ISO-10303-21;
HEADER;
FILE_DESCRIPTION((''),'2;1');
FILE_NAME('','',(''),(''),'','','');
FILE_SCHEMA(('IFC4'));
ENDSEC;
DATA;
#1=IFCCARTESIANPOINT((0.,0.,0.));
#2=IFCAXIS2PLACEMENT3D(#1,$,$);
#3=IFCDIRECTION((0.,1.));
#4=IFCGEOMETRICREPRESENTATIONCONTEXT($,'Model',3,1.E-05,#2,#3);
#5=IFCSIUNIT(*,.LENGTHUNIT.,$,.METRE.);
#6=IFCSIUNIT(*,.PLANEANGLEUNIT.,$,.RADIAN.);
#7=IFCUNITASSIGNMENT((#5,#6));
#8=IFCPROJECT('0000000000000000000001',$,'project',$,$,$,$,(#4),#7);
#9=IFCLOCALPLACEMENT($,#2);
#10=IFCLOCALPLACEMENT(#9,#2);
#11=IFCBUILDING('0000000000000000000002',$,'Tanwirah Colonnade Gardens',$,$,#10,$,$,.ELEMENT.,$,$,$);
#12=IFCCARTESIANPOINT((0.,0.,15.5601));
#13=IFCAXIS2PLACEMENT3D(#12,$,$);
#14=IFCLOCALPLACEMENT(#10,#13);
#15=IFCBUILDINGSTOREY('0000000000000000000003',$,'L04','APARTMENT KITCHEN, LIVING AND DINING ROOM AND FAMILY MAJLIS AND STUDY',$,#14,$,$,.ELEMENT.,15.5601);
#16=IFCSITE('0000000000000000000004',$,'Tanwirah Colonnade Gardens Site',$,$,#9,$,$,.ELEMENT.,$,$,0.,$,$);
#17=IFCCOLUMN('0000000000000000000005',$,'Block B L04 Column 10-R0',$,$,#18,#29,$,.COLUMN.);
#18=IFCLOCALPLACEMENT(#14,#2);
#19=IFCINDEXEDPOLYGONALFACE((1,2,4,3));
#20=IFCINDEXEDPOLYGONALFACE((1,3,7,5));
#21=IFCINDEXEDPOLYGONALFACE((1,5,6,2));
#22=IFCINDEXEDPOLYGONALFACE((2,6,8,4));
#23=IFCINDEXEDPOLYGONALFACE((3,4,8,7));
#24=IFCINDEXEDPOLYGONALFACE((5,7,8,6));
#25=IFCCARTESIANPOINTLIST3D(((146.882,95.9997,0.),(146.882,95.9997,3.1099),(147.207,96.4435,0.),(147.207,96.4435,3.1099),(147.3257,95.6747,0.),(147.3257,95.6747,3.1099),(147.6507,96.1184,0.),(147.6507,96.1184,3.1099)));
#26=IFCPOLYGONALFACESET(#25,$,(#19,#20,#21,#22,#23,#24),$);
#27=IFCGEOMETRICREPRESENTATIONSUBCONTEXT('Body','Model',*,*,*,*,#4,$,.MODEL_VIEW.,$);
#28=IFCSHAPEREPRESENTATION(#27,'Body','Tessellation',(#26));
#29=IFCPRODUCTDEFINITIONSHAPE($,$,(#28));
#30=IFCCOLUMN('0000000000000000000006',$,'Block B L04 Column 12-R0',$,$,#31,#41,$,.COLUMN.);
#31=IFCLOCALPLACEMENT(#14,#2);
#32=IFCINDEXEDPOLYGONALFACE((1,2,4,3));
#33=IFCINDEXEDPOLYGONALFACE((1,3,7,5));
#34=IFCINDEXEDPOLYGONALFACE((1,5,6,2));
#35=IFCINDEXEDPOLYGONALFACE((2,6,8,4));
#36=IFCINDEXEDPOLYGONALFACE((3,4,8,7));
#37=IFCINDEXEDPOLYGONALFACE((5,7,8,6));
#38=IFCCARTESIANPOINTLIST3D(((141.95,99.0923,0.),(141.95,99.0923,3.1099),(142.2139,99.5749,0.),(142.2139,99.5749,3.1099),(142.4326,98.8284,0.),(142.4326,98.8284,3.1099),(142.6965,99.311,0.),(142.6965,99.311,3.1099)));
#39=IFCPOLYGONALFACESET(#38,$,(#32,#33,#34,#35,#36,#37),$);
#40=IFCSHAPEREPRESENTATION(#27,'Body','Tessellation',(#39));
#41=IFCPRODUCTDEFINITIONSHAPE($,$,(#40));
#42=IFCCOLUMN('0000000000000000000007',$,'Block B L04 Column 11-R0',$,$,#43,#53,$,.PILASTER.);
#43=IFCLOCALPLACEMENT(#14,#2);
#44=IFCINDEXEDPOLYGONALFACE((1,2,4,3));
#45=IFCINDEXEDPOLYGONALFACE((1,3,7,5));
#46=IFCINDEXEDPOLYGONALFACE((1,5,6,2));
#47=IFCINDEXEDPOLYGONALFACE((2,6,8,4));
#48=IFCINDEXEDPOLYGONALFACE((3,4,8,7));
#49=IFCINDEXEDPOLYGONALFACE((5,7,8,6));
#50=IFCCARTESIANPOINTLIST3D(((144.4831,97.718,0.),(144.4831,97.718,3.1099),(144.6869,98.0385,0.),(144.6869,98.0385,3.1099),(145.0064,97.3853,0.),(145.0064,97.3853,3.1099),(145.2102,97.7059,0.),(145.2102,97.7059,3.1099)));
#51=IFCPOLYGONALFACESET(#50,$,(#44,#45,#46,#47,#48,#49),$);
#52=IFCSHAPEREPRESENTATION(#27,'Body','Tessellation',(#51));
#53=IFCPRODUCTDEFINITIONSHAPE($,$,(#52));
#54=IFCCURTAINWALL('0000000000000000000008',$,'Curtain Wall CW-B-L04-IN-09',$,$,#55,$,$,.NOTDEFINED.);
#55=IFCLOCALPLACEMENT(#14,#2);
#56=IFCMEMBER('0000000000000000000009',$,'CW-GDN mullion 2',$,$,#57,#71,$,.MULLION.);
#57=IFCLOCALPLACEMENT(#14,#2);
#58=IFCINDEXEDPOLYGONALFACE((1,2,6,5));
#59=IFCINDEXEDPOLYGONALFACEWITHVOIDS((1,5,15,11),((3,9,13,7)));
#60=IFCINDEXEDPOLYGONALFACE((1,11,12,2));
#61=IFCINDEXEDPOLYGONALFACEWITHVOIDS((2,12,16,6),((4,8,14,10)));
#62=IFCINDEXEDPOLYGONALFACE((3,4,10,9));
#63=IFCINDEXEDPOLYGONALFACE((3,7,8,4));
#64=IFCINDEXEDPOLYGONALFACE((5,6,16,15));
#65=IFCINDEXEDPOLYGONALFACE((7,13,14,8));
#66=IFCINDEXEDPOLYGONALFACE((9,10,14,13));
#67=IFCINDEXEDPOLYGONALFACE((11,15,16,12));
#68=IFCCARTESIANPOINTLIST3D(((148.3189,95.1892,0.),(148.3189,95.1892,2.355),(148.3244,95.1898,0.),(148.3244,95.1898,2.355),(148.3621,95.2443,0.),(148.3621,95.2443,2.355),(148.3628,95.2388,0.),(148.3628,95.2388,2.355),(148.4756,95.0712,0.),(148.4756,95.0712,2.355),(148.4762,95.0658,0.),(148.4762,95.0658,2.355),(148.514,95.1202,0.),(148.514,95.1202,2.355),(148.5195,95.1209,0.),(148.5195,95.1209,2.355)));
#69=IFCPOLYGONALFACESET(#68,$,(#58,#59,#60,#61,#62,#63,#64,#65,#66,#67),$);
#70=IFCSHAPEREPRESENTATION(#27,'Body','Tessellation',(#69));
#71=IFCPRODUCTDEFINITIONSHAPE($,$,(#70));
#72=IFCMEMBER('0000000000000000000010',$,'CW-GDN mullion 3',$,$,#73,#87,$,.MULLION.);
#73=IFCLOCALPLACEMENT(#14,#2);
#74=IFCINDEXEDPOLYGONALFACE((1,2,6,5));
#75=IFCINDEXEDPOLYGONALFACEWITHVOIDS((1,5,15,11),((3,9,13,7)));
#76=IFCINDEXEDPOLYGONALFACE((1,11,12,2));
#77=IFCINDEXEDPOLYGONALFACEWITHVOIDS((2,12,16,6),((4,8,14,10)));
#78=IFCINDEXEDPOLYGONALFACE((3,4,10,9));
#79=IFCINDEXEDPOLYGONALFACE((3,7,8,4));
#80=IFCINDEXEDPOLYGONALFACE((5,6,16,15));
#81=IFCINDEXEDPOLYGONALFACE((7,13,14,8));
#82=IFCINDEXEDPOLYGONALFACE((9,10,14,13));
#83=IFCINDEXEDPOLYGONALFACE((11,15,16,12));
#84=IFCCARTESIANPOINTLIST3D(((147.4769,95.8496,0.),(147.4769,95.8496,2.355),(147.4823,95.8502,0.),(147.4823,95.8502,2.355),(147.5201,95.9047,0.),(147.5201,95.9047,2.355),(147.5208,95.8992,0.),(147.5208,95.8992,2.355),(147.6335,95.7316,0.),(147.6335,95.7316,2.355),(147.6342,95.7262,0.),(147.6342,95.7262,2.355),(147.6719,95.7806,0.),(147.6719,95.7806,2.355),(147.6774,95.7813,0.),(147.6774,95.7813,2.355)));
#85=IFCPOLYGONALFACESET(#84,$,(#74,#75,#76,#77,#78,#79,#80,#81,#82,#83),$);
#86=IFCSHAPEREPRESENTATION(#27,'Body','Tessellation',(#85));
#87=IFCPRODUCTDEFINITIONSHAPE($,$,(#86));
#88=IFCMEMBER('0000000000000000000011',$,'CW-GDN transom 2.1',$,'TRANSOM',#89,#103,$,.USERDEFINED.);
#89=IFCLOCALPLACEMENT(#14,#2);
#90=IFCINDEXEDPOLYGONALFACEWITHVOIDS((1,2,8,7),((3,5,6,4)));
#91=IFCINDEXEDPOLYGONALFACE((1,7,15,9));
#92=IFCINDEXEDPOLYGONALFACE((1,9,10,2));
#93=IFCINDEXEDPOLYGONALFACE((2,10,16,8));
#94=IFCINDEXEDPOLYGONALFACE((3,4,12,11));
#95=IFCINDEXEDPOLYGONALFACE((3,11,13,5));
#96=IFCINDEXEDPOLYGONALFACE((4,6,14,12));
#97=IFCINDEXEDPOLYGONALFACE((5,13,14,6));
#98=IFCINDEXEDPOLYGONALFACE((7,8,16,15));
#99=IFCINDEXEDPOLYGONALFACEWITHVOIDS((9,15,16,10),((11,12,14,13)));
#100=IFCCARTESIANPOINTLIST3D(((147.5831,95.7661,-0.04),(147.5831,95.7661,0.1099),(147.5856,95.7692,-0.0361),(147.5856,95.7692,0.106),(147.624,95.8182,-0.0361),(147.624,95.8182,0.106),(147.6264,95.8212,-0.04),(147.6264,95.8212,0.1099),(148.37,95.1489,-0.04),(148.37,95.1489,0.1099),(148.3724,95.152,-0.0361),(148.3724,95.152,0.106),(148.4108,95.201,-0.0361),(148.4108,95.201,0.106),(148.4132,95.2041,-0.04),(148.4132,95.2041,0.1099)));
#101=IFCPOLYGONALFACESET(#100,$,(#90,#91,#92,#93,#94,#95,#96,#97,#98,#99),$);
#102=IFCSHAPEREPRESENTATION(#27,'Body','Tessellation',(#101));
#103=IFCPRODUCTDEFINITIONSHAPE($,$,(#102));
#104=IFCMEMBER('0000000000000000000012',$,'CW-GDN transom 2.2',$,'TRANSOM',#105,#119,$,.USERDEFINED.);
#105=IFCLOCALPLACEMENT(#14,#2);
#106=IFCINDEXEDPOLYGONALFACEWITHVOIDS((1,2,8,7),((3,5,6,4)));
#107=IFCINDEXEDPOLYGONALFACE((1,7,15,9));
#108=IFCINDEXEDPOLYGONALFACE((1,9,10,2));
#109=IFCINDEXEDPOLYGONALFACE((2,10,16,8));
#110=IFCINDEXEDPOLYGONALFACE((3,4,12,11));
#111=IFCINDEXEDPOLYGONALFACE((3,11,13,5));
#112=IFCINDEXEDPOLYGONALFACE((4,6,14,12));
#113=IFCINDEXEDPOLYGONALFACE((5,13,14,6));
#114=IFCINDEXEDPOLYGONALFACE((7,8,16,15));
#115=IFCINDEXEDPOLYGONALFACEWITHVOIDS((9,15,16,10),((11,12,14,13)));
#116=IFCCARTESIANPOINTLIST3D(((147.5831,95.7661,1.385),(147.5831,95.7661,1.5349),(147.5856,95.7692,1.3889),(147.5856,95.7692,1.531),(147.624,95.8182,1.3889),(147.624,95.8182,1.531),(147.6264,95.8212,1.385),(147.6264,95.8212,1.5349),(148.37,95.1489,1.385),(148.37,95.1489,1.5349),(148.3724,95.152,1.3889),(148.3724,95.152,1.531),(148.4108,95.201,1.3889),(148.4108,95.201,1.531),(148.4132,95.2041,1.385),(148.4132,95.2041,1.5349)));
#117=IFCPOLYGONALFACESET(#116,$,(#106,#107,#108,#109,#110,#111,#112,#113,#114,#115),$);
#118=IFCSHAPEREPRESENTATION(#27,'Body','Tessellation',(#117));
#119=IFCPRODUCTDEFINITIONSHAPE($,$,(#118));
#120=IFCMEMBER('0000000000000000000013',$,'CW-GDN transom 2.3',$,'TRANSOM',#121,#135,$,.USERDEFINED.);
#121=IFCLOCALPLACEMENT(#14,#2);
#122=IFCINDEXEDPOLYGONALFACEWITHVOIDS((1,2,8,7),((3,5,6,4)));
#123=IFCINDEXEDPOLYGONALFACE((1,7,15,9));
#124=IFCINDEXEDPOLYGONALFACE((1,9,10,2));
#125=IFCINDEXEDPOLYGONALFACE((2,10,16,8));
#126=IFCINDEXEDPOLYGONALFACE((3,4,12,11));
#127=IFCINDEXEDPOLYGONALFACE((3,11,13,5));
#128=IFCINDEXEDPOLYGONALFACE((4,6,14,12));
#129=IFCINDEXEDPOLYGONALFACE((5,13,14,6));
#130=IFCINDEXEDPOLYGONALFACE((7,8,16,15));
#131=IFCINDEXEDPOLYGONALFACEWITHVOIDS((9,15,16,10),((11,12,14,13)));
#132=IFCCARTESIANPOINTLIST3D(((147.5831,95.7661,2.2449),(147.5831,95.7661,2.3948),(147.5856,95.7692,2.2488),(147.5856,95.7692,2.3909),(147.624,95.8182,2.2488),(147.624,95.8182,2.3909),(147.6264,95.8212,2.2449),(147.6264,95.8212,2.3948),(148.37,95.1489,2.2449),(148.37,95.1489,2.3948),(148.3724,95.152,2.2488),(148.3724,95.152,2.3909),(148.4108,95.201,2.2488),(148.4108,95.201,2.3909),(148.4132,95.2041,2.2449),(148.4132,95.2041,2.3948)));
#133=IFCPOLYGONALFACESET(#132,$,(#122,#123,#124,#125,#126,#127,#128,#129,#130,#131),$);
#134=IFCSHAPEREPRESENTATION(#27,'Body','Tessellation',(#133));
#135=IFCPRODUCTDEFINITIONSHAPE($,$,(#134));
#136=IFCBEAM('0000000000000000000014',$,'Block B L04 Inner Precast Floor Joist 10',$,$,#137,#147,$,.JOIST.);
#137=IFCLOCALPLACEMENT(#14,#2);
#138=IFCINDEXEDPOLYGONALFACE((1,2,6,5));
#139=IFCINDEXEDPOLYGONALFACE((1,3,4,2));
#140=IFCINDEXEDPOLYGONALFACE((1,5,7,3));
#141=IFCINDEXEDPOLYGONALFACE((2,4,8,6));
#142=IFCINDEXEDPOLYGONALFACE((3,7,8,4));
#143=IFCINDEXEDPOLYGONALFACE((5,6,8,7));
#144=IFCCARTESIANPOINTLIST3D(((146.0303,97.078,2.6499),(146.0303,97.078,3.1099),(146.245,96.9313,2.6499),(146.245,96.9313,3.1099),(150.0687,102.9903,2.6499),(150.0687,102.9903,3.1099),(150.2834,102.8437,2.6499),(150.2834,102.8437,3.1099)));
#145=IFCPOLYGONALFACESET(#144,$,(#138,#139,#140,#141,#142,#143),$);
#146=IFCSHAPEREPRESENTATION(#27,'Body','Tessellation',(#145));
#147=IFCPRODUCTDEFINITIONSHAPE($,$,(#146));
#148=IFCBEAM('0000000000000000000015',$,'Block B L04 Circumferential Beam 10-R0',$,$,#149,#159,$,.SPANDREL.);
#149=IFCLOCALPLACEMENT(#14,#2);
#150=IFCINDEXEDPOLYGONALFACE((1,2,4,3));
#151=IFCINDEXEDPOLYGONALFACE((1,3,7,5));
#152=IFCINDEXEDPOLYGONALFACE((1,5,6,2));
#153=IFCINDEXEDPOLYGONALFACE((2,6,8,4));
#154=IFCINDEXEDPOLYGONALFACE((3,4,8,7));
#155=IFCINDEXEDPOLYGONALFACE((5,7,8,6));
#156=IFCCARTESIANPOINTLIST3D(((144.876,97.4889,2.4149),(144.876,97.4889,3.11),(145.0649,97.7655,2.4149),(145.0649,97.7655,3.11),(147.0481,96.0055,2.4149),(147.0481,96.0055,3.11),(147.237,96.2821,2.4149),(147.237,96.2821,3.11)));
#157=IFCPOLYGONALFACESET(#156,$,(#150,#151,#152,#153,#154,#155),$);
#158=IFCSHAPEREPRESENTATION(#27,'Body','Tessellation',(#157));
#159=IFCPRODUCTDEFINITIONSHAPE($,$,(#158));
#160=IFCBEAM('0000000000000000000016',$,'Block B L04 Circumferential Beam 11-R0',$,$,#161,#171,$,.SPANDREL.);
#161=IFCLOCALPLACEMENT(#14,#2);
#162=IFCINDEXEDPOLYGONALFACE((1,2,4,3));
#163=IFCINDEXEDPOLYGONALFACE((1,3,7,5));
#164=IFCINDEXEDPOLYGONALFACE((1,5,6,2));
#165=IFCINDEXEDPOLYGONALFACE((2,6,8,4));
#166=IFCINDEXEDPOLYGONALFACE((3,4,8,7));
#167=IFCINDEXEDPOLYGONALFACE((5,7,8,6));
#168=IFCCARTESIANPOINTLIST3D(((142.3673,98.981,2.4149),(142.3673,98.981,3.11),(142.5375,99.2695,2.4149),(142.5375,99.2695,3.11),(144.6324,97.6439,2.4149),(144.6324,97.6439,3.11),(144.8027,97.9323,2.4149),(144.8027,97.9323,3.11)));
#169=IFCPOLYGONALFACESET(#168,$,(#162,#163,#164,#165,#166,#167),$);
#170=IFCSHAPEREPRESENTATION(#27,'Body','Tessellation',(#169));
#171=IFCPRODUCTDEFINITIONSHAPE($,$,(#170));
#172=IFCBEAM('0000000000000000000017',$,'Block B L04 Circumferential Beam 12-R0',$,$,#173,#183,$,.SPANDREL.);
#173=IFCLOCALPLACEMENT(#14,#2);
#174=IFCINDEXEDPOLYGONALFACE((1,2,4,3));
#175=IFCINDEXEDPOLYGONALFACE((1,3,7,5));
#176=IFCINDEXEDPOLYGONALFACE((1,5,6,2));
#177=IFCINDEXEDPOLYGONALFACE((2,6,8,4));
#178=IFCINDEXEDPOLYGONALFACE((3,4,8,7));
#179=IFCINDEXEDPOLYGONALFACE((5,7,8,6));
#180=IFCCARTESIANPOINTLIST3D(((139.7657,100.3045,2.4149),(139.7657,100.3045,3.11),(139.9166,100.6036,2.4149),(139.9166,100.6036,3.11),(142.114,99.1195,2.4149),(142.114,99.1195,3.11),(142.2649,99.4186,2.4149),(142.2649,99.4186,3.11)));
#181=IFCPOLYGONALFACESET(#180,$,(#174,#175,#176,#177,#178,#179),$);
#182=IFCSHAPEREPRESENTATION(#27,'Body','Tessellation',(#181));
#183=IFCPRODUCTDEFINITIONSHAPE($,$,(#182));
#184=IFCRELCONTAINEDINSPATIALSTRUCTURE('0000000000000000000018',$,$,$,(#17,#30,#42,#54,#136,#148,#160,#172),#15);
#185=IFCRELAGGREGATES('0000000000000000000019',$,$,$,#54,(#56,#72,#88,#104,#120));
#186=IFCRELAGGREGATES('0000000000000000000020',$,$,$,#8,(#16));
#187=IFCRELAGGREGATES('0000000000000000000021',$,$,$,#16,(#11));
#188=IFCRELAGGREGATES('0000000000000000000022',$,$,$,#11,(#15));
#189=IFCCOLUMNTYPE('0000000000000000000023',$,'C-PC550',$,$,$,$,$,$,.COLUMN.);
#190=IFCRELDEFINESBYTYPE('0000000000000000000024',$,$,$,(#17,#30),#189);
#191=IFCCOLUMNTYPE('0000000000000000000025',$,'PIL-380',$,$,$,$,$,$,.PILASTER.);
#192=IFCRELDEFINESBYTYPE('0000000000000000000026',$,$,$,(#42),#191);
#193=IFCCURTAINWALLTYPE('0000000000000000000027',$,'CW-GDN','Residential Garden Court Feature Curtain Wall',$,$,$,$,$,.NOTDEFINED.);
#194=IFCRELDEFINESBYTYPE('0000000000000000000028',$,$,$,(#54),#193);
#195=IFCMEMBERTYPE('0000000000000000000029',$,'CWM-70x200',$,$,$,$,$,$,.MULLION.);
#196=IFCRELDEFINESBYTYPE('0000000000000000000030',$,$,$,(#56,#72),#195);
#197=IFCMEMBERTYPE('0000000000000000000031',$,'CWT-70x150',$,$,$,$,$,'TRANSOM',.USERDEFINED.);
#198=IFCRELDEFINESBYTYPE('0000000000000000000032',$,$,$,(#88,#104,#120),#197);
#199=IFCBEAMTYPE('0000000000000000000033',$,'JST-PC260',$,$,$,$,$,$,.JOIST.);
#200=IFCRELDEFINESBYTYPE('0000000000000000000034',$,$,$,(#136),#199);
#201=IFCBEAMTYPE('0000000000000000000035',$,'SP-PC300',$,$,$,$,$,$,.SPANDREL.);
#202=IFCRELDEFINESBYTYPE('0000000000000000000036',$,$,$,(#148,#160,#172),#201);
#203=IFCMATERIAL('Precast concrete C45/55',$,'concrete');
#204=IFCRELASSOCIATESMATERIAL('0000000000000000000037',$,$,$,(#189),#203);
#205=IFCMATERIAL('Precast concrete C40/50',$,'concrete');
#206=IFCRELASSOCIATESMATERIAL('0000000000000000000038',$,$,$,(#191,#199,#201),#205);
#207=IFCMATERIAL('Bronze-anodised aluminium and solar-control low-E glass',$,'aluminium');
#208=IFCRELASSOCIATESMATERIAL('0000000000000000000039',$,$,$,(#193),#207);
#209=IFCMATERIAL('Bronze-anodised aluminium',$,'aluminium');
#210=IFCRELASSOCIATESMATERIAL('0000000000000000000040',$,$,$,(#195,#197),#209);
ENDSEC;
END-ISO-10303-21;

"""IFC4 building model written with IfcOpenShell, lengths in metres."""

from ifc_helpers import new_model, si_unit, direction, frame, origin, origin_2d, place, context, subcontext, project, spatial, rectangle, hollow_rectangle, extrude, material, material_profile, profile_set, type_object, element, aggregate, save


model = new_model("IFC4")

# Units and contexts
model_context = context("Model", 3, precision=1e-05, world=origin(), true_north=direction((0.0, 1.0)))
body_context = subcontext(model_context, "Body", "Model", "MODEL_VIEW")
ifc_project = project(units=[si_unit("LENGTHUNIT", "METRE"), si_unit("PLANEANGLEUNIT", "RADIAN")], contexts=[model_context])

# Site, building, storey
site_placement = place(None, origin())
site = spatial("IfcSite", under=ifc_project, at=site_placement, Name="Tanwirah Colonnade Gardens Site", CompositionType="ELEMENT", RefElevation=0.0)
building_placement = place(site_placement, origin())
building = spatial("IfcBuilding", under=site, at=building_placement, Name="Tanwirah Colonnade Gardens", CompositionType="ELEMENT")
storey_placement = place(building_placement, frame((0.0, 0.0, 15.5601)))
storey = spatial("IfcBuildingStorey", under=building, at=storey_placement, Name="L04", Description="APARTMENT KITCHEN, LIVING AND DINING ROOM AND FAMILY MAJLIS AND STUDY", CompositionType="ELEMENT", Elevation=15.5601)

# Columns
ifc_material_1 = material(Name="Precast concrete C45/55", Category="concrete")
ifc_material_profile_1 = material_profile(ifc_material_1, rectangle(XDim=0.55, YDim=0.55, at=origin_2d()), Name="PC-COL 550x550")
ifc_profile_set_1 = profile_set([ifc_material_profile_1], Name="Precast concrete C45/55")
column_type_1 = type_object("IfcColumnType", Name="C-PC550", PredefinedType="COLUMN", material=ifc_profile_set_1)
for number, where, z_axis, x_axis, name in (
    (1, (147.2664, 96.0591, 0.0), (0.0, 0.0, 1.0), (0.590919, 0.806731, 0.0), "Block B L04 Column 10-R0"),
    (2, (142.3232, 99.2017, 0.0), (0.0, 0.0, 1.0), (0.479713, 0.877425, 0.0), "Block B L04 Column 12-R0"),
):
    element("IfcColumn", number, at=place(storey_placement, frame(where, z_axis=z_axis, x_axis=x_axis)), inside=storey, type_object=column_type_1, Name=name, PredefinedType="COLUMN", context=body_context, shape_type="SweptSolid", body=[
        extrude(rectangle(XDim=0.55, YDim=0.55, at=origin_2d()), origin(), (0.0, 0.0, 1.0), 3.1099),
    ])
ifc_material_2 = material(Name="Precast concrete C40/50", Category="concrete")
ifc_material_profile_2 = material_profile(ifc_material_2, rectangle(XDim=0.3799, YDim=0.6201, at=origin_2d()), Name="PC-PIL 380x620")
ifc_profile_set_2 = profile_set([ifc_material_profile_2], Name="Precast concrete C40/50")
column_type_2 = type_object("IfcColumnType", Name="PIL-380", PredefinedType="PILASTER", material=ifc_profile_set_2)
column_placement = place(storey_placement, frame((144.8467, 97.7119, 0.0), z_axis=(0.0, 0.0, 1.0), x_axis=(0.536482, 0.843912, 0.0)))
element("IfcColumn", 3, at=column_placement, inside=storey, type_object=column_type_2, Name="Block B L04 Column 11-R0", PredefinedType="PILASTER", context=body_context, shape_type="SweptSolid", body=[
    extrude(rectangle(XDim=0.3799, YDim=0.6201, at=origin_2d()), origin(), (0.0, 0.0, 1.0), 3.1099),
])

# Curtain wall, members
ifc_material_3 = material(Name="Bronze-anodised aluminium and solar-control low-E glass", Category="aluminium")
curtain_wall_type = type_object("IfcCurtainWallType", Name="CW-GDN", Description="Residential Garden Court Feature Curtain Wall", PredefinedType="NOTDEFINED", material=ifc_material_3)
curtain_wall_placement = place(storey_placement, origin())
curtain_wall = element("IfcCurtainWall", 4, at=curtain_wall_placement, inside=storey, type_object=curtain_wall_type, Name="Curtain Wall CW-B-L04-IN-09", PredefinedType="NOTDEFINED")
ifc_material_4 = material(Name="Bronze-anodised aluminium", Category="aluminium")
ifc_material_profile_3 = material_profile(ifc_material_4, hollow_rectangle(XDim=0.0701, YDim=0.2, WallThickness=0.0039, at=origin_2d()), Name="CW-MUL 70x200x4")
ifc_profile_set_3 = profile_set([ifc_material_profile_3], Name="Bronze-anodised aluminium")
member_type_1 = type_object("IfcMemberType", Name="CWM-70x200", PredefinedType="MULLION", material=ifc_profile_set_3)
member_1_placement = place(storey_placement, frame((148.4192, 95.155, 0.0), z_axis=(0.0, 0.0, 1.0), x_axis=(-0.617189, -0.786815, 0.0)))
member_1 = element("IfcMember", 5, at=member_1_placement, type_object=member_type_1, Name="CW-GDN mullion 2", PredefinedType="MULLION", context=body_context, shape_type="SweptSolid", body=[
    extrude(hollow_rectangle(XDim=0.0701, YDim=0.2, WallThickness=0.0039, at=origin_2d()), origin(), (0.0, 0.0, 1.0), 2.355),
])
member_2_placement = place(storey_placement, frame((147.5771, 95.8154, 0.0), z_axis=(0.0, 0.0, 1.0), x_axis=(-0.617189, -0.786815, 0.0)))
member_2 = element("IfcMember", 6, at=member_2_placement, type_object=member_type_1, Name="CW-GDN mullion 3", PredefinedType="MULLION", context=body_context, shape_type="SweptSolid", body=[
    extrude(hollow_rectangle(XDim=0.0701, YDim=0.2, WallThickness=0.0039, at=origin_2d()), origin(), (0.0, 0.0, 1.0), 2.355),
])
ifc_material_profile_4 = material_profile(ifc_material_4, hollow_rectangle(XDim=0.0701, YDim=0.1499, WallThickness=0.0039, at=origin_2d()), Name="CW-TRN 70x150x4")
ifc_profile_set_4 = profile_set([ifc_material_profile_4], Name="Bronze-anodised aluminium")
member_type_2 = type_object("IfcMemberType", Name="CWT-70x150", ElementType="TRANSOM", PredefinedType="USERDEFINED", material=ifc_profile_set_4)
member_3_placement = place(storey_placement, frame((148.3916, 95.1765, 0.0349), z_axis=(-0.786835, 0.617164, 0.0), x_axis=(-0.617164, -0.786835, 0.0)))
member_3 = element("IfcMember", 7, at=member_3_placement, type_object=member_type_2, Name="CW-GDN transom 2.1", ObjectType="TRANSOM", PredefinedType="USERDEFINED", context=body_context, shape_type="SweptSolid", body=[
    extrude(hollow_rectangle(XDim=0.0701, YDim=0.1499, WallThickness=0.0039, at=origin_2d()), origin(), (0.0, 0.0, 1.0), 1.0),
])
member_4_placement = place(storey_placement, frame((148.3916, 95.1765, 1.46), z_axis=(-0.786835, 0.617164, 0.0), x_axis=(-0.617164, -0.786835, 0.0)))
member_4 = element("IfcMember", 8, at=member_4_placement, type_object=member_type_2, Name="CW-GDN transom 2.2", ObjectType="TRANSOM", PredefinedType="USERDEFINED", context=body_context, shape_type="SweptSolid", body=[
    extrude(hollow_rectangle(XDim=0.0701, YDim=0.1499, WallThickness=0.0039, at=origin_2d()), origin(), (0.0, 0.0, 1.0), 1.0),
])
member_5_placement = place(storey_placement, frame((148.3916, 95.1765, 2.3198), z_axis=(-0.786835, 0.617164, 0.0), x_axis=(-0.617164, -0.786835, 0.0)))
member_5 = element("IfcMember", 9, at=member_5_placement, type_object=member_type_2, Name="CW-GDN transom 2.3", ObjectType="TRANSOM", PredefinedType="USERDEFINED", context=body_context, shape_type="SweptSolid", body=[
    extrude(hollow_rectangle(XDim=0.0701, YDim=0.1499, WallThickness=0.0039, at=origin_2d()), origin(), (0.0, 0.0, 1.0), 1.0),
])

# Beams
ifc_material_profile_5 = material_profile(ifc_material_2, rectangle(XDim=0.26, YDim=0.46, at=origin_2d()), Name="PC-JST 260x460")
ifc_profile_set_5 = profile_set([ifc_material_profile_5], Name="Precast concrete C40/50")
beam_type_1 = type_object("IfcBeamType", Name="JST-PC260", PredefinedType="JOIST", material=ifc_profile_set_5)
beam_placement = place(storey_placement, frame((146.1377, 97.0046, 2.8799), z_axis=(0.564021, 0.82576, 0.0), x_axis=(-0.82576, 0.564021, 0.0)))
element("IfcBeam", 10, at=beam_placement, inside=storey, type_object=beam_type_1, Name="Block B L04 Inner Precast Floor Joist 10", PredefinedType="JOIST", context=body_context, shape_type="SweptSolid", body=[
    extrude(rectangle(XDim=0.26, YDim=0.46, at=origin_2d()), origin(), (0.0, 0.0, 1.0), 7.1599),
])
ifc_material_profile_6 = material_profile(ifc_material_2, rectangle(XDim=0.335, YDim=0.6951, at=origin_2d()), Name="PC-SP 335x695")
ifc_profile_set_6 = profile_set([ifc_material_profile_6], Name="Precast concrete C40/50")
beam_type_2 = type_object("IfcBeamType", Name="SP-PC300", PredefinedType="SPANDREL", material=ifc_profile_set_6)
for number, where, z_axis, x_axis, name in (
    (11, (147.1426, 96.1438, 2.7625), (-0.825801, 0.563962, 0.0), (-0.563962, -0.825801, 0.0), "Block B L04 Circumferential Beam 10-R0"),
    (12, (144.7175, 97.7881, 2.7625), (-0.861148, 0.508354, 0.0), (-0.508354, -0.861148, 0.0), "Block B L04 Circumferential Beam 11-R0"),
    (13, (142.1895, 99.269, 2.7625), (-0.892769, 0.450515, 0.0), (-0.450515, -0.892769, 0.0), "Block B L04 Circumferential Beam 12-R0"),
):
    element("IfcBeam", number, at=place(storey_placement, frame(where, z_axis=z_axis, x_axis=x_axis)), inside=storey, type_object=beam_type_2, Name=name, PredefinedType="SPANDREL", context=body_context, shape_type="SweptSolid", body=[
        extrude(rectangle(XDim=0.335, YDim=0.6951, at=origin_2d()), origin(), (0.0, 0.0, 1.0), 2.6304),
    ])

aggregate(curtain_wall, [member_1, member_2, member_3, member_4, member_5])

save(model, "model.ifc")
